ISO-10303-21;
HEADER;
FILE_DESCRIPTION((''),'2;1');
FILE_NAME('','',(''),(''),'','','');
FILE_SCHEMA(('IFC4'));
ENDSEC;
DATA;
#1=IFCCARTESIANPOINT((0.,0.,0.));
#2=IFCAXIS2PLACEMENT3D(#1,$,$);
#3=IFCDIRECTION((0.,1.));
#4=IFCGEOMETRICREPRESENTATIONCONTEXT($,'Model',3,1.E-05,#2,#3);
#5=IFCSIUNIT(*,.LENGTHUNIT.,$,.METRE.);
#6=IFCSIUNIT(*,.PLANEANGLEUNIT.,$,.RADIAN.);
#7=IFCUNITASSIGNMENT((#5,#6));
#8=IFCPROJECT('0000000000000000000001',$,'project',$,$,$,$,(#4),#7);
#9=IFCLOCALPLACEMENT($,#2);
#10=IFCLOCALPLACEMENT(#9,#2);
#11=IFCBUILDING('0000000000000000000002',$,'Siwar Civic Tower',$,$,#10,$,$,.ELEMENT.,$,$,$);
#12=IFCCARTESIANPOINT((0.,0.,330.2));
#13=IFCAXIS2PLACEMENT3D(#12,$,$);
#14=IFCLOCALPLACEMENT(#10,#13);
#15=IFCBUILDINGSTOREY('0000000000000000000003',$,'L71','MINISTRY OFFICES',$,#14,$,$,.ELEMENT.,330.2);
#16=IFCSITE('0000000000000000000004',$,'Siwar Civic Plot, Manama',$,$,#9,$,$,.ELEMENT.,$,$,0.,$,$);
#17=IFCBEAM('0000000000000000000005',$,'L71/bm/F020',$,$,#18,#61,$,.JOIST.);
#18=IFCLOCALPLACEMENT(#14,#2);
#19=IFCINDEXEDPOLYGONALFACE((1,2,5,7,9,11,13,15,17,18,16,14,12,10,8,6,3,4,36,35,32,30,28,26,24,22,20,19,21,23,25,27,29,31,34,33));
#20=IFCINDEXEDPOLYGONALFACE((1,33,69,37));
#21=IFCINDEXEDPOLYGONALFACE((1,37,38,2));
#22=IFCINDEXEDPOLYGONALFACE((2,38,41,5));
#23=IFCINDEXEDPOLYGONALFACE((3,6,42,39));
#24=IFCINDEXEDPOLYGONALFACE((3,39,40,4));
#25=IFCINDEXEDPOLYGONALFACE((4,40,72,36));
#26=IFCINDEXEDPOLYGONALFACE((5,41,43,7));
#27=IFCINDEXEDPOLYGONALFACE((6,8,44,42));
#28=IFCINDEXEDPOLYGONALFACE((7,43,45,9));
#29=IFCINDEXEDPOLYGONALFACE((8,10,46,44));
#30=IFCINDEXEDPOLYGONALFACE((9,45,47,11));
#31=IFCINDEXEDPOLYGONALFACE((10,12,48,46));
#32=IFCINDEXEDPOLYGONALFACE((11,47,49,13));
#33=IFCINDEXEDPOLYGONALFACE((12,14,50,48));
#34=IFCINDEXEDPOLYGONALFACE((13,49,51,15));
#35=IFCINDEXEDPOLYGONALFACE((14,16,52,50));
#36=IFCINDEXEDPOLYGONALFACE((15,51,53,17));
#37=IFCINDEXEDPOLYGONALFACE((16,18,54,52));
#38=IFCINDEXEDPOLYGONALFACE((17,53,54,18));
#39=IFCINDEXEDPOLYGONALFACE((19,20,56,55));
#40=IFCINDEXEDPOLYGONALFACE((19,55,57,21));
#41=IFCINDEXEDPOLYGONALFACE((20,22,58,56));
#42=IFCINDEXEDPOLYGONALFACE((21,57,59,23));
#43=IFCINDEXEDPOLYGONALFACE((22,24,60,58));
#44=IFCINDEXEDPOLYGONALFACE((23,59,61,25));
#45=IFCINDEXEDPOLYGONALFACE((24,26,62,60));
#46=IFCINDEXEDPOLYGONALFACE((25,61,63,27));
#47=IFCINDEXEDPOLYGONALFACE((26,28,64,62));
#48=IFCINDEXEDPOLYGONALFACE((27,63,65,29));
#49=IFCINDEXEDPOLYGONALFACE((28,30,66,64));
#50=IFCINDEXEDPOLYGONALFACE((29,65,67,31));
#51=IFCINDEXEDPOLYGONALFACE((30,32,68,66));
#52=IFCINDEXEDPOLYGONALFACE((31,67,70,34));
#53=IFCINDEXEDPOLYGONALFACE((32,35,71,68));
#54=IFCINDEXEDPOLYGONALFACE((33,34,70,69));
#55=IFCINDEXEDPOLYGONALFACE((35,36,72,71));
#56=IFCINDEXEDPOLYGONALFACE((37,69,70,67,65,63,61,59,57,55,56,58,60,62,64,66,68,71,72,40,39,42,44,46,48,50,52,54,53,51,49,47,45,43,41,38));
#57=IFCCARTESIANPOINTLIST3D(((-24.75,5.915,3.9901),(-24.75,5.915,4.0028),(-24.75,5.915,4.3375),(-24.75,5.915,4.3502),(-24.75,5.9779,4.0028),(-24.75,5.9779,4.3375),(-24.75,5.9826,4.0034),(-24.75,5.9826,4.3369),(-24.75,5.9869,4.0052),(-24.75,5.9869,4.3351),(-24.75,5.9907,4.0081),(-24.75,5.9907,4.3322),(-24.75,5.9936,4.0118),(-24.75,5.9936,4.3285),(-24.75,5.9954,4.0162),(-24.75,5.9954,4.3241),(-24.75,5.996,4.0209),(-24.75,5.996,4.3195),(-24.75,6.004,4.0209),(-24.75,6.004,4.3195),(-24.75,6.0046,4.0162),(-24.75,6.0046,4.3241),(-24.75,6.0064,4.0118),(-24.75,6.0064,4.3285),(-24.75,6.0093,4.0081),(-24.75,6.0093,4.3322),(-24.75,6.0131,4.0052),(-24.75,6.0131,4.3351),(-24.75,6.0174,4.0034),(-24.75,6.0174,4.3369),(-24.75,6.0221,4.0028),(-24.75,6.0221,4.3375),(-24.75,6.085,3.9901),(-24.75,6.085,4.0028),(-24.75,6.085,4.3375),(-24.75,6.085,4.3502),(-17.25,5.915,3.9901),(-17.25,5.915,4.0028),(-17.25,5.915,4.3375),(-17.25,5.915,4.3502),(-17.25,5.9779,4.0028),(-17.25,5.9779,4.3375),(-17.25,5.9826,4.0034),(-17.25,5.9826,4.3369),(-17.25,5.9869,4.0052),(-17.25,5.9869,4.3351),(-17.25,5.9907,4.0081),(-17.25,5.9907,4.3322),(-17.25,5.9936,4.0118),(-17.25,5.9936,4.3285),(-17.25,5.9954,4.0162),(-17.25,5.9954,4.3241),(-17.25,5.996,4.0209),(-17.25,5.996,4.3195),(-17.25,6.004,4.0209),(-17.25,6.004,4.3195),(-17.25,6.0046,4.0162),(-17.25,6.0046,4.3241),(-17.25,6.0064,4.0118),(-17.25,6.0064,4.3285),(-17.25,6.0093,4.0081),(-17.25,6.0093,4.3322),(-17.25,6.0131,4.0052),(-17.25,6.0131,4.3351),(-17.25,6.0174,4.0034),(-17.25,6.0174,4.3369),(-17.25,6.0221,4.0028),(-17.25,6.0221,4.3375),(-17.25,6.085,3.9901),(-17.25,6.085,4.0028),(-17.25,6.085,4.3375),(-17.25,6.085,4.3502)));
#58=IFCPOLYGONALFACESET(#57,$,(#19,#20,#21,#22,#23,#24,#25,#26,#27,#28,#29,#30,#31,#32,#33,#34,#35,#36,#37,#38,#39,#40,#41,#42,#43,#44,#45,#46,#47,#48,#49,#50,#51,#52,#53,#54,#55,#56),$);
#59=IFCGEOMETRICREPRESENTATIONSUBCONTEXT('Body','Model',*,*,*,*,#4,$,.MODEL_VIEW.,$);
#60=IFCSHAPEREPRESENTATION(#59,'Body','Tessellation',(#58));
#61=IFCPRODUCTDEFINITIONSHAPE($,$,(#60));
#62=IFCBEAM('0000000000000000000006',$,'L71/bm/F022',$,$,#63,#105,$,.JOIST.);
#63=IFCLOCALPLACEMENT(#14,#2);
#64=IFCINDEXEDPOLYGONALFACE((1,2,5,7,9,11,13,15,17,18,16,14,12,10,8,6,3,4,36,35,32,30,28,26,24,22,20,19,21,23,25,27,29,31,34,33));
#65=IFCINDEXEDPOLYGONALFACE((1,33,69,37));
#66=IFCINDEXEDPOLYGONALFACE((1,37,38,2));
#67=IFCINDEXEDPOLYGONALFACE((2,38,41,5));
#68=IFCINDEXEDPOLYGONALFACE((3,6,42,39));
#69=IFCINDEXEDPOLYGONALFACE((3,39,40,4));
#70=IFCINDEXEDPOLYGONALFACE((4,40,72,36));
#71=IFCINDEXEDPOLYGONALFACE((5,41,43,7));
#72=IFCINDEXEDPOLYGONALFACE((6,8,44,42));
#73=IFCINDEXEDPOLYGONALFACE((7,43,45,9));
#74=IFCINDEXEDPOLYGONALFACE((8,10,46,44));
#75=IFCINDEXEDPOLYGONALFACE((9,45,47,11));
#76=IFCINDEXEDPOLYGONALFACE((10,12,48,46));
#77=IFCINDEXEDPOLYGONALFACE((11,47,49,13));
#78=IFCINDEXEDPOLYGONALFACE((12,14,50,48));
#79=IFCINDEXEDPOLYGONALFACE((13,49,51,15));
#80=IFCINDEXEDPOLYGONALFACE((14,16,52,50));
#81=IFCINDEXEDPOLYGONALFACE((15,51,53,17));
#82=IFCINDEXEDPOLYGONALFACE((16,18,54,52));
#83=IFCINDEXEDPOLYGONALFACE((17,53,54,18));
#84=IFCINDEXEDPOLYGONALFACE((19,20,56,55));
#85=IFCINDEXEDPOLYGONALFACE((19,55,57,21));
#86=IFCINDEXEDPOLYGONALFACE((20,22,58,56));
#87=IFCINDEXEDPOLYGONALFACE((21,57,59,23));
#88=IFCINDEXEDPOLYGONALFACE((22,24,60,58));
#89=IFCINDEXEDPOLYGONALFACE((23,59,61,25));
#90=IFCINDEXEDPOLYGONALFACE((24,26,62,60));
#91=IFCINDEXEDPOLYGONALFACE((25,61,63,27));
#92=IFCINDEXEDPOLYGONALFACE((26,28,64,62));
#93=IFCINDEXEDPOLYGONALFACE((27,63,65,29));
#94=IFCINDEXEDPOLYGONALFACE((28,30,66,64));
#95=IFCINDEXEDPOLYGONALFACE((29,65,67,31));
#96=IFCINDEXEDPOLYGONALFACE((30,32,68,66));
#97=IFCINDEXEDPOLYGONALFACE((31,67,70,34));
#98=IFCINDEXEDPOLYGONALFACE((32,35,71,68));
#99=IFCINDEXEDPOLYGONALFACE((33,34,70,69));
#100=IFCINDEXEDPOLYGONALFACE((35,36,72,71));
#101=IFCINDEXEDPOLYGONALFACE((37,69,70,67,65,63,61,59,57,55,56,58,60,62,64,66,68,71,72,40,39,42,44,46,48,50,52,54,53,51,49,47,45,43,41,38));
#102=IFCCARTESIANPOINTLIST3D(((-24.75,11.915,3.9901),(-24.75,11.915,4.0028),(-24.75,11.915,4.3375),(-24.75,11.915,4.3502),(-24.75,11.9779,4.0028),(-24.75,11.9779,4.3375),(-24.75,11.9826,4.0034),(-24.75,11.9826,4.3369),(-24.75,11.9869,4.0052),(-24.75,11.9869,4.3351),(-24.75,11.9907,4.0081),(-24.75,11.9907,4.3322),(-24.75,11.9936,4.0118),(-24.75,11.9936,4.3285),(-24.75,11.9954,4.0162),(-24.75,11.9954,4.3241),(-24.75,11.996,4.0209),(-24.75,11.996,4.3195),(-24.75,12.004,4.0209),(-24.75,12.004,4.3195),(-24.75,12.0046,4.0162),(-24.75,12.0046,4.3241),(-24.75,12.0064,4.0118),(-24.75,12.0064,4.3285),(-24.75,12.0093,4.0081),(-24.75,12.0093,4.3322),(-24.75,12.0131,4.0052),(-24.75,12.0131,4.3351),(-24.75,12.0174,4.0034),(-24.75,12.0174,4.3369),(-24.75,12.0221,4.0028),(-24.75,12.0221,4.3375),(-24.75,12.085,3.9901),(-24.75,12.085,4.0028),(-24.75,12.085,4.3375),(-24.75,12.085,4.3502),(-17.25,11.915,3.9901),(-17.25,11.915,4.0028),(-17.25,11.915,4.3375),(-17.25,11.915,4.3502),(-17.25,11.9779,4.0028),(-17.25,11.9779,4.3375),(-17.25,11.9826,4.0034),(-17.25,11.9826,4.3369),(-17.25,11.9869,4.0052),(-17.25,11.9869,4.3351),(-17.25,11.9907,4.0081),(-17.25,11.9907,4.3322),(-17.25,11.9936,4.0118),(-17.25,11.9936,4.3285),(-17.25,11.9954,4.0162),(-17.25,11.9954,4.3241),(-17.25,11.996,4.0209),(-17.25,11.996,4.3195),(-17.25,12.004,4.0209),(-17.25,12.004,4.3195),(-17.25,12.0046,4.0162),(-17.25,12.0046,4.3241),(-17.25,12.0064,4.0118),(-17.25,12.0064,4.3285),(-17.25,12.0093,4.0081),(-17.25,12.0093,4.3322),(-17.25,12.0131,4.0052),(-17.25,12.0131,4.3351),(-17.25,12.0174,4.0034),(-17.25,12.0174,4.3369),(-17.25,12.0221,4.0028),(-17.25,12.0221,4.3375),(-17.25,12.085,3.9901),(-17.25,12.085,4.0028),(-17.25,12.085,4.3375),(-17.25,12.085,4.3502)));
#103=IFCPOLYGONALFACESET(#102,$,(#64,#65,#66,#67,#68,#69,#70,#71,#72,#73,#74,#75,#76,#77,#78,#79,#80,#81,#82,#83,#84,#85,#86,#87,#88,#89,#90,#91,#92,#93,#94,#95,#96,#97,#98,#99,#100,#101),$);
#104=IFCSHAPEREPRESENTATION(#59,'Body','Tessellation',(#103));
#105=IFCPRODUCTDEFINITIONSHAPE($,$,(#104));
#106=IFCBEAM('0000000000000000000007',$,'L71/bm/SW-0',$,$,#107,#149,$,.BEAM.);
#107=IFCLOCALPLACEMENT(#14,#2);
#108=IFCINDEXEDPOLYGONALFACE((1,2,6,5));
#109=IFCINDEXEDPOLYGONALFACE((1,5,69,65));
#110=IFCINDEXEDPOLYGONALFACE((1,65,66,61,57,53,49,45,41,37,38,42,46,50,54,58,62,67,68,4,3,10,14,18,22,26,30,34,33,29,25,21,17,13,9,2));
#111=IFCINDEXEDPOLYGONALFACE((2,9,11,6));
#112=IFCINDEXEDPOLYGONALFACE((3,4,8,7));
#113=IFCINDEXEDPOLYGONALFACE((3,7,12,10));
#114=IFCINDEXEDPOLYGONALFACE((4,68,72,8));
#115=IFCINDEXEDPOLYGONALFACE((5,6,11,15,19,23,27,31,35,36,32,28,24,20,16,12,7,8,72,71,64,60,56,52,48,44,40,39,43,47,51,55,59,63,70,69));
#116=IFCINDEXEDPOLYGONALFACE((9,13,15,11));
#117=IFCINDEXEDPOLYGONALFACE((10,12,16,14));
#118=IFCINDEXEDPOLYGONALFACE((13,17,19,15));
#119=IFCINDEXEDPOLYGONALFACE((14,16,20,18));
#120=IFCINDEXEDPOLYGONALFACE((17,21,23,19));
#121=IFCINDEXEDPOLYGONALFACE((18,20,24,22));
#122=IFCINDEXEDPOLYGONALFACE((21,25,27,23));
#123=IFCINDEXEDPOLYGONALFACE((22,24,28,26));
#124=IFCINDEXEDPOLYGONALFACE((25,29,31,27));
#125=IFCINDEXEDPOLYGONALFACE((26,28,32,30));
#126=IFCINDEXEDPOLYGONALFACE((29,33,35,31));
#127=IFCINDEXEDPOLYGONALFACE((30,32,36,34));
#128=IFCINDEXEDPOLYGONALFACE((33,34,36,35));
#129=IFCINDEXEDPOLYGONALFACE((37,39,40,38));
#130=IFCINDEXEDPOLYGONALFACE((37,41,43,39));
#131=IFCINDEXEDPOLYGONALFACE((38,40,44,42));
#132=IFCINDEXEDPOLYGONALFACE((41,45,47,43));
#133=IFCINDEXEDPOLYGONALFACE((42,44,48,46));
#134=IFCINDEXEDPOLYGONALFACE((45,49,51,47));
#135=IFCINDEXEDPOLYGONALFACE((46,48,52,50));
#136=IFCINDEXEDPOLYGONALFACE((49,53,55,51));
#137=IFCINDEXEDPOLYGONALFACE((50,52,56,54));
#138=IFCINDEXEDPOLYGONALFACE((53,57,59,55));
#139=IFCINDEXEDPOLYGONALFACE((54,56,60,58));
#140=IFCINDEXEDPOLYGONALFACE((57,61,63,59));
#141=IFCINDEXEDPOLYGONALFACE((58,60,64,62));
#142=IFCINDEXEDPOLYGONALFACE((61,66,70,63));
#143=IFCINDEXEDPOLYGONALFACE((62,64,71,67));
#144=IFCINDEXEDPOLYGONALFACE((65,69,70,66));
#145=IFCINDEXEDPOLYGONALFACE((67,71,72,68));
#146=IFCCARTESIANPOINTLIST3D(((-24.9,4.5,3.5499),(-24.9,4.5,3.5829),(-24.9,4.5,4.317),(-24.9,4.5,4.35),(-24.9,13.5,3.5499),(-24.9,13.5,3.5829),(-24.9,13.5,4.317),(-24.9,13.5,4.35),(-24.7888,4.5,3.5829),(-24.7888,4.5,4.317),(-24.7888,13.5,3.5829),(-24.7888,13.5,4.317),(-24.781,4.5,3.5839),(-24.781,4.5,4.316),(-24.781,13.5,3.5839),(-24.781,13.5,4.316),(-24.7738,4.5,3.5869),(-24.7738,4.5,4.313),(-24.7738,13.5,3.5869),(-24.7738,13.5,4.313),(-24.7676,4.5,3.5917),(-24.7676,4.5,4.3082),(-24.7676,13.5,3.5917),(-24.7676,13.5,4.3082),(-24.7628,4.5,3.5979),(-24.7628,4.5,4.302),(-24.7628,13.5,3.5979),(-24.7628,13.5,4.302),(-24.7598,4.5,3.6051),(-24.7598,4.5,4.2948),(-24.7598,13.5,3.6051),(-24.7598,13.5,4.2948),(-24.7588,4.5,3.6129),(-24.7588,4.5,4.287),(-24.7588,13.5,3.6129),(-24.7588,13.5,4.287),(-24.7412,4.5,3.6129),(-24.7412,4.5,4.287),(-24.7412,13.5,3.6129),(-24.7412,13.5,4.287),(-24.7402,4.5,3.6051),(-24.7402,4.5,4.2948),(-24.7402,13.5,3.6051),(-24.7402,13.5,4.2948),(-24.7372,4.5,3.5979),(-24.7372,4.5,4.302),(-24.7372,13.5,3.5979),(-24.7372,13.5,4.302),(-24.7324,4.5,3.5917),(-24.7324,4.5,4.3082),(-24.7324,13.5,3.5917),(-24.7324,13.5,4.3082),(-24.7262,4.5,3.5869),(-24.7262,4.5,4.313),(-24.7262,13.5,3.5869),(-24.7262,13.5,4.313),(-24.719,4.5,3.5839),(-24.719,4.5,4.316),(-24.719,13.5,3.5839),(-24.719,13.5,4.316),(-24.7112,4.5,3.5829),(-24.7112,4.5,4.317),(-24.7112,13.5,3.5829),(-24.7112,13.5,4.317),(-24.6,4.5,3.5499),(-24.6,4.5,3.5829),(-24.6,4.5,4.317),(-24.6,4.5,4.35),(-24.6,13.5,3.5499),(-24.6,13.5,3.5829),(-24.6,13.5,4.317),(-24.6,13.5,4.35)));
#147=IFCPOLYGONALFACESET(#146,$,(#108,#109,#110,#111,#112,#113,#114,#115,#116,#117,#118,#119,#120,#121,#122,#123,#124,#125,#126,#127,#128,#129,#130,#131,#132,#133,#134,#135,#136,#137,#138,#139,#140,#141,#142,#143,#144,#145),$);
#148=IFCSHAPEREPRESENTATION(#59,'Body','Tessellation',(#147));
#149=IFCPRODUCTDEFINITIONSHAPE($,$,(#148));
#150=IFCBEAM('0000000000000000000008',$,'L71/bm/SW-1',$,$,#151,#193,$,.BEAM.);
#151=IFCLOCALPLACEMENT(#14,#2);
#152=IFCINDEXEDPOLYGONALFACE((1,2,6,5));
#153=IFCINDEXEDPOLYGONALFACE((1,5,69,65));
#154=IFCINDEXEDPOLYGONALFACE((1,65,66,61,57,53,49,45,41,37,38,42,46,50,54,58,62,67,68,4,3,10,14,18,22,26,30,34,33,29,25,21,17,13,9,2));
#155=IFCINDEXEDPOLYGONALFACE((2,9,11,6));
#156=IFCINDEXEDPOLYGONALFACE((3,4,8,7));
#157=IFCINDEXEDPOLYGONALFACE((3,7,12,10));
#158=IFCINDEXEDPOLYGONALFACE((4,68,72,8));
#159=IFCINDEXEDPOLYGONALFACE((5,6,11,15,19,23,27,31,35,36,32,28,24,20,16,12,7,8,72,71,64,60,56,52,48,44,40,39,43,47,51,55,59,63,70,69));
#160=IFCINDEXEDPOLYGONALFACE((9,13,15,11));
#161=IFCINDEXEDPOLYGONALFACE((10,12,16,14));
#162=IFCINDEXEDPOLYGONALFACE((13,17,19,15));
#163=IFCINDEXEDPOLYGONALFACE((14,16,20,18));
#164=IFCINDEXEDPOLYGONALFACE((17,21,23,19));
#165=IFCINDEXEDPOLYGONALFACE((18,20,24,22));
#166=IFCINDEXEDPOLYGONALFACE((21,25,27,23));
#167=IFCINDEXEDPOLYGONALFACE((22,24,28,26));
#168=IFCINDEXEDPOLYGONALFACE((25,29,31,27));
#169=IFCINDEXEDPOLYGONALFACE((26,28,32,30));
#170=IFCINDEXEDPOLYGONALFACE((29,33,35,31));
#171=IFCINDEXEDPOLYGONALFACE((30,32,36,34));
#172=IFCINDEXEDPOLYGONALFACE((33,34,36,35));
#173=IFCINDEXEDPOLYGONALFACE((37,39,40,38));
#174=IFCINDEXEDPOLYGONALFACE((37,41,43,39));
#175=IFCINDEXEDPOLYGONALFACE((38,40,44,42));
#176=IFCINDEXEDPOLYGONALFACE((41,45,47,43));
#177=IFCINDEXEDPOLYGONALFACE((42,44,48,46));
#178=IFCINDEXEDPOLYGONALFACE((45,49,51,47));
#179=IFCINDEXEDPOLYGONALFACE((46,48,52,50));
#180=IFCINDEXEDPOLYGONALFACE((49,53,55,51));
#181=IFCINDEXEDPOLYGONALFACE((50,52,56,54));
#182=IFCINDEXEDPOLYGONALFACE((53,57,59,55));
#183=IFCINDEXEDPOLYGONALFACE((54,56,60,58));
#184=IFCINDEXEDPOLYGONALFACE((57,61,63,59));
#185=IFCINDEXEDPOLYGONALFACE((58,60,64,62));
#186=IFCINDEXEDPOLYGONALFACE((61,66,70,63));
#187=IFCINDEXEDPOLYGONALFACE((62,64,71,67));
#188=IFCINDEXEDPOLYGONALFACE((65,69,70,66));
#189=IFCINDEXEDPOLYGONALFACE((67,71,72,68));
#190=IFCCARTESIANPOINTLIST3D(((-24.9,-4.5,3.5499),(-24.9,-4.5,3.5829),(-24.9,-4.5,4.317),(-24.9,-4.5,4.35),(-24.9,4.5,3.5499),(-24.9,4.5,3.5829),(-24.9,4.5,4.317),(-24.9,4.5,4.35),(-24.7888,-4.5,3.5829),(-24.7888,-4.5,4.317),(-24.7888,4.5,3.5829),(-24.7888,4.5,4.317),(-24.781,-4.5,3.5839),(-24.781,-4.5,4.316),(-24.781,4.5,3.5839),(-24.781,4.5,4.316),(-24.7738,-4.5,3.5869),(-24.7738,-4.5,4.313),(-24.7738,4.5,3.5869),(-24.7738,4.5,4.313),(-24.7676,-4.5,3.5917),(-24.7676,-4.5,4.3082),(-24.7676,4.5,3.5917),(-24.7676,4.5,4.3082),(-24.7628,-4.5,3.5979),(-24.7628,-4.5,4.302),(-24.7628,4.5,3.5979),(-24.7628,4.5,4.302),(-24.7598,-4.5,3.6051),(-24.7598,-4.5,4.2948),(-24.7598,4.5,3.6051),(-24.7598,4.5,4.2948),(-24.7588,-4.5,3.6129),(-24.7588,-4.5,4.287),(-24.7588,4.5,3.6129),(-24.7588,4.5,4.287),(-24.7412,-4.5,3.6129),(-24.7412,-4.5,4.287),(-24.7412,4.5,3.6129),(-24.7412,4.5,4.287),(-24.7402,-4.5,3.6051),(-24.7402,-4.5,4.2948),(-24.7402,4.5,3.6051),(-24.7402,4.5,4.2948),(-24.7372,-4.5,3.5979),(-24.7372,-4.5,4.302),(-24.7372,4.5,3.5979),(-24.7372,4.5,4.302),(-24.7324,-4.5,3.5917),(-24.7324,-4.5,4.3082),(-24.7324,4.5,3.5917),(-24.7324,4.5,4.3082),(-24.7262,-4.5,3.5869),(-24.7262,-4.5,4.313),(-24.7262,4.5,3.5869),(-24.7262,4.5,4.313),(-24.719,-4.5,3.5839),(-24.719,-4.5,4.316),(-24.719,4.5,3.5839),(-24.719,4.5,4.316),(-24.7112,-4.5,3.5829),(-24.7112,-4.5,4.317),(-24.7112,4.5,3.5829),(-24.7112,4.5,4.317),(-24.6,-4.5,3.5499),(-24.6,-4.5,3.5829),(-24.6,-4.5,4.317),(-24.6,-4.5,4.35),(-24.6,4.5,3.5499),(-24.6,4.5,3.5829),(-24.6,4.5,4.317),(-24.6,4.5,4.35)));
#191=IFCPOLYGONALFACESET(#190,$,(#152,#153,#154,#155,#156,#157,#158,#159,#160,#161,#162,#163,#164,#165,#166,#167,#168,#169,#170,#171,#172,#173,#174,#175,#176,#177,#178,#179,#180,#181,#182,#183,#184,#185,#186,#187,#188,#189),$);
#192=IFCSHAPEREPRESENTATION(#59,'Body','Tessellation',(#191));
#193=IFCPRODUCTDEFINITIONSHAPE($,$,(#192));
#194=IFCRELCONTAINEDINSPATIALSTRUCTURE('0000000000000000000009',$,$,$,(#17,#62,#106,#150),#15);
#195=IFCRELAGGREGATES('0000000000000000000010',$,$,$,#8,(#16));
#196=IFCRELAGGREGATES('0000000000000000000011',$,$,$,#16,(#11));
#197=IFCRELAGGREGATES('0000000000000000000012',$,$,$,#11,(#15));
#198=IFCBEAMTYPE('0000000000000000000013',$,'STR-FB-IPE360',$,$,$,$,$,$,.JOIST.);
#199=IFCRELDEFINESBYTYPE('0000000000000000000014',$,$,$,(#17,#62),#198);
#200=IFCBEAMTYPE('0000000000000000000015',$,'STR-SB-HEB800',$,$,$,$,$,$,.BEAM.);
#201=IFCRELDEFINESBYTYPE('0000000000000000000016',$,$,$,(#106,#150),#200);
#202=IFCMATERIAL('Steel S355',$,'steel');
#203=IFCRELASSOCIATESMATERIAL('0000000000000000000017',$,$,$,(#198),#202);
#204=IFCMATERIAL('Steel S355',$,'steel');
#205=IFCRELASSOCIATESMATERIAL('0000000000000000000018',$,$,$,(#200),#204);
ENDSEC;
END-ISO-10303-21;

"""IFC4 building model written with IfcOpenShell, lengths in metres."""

from ifc_helpers import new_model, si_unit, direction, frame, origin, origin_2d, place, context, subcontext, project, spatial, i_section, extrude, material, material_profile, profile_set, type_object, element, save


model = new_model("IFC4")

# Units and contexts
model_context = context("Model", 3, precision=1e-05, world=origin(), true_north=direction((0.0, 1.0)))
body_context = subcontext(model_context, "Body", "Model", "MODEL_VIEW")
ifc_project = project(units=[si_unit("LENGTHUNIT", "METRE"), si_unit("PLANEANGLEUNIT", "RADIAN")], contexts=[model_context])

# Site, building, storey
site_placement = place(None, origin())
site = spatial("IfcSite", under=ifc_project, at=site_placement, Name="Siwar Civic Plot, Manama", CompositionType="ELEMENT", RefElevation=0.0)
building_placement = place(site_placement, origin())
building = spatial("IfcBuilding", under=site, at=building_placement, Name="Siwar Civic Tower", CompositionType="ELEMENT")
storey_placement = place(building_placement, frame((0.0, 0.0, 330.2)))
storey = spatial("IfcBuildingStorey", under=building, at=storey_placement, Name="L71", Description="MINISTRY OFFICES", CompositionType="ELEMENT", Elevation=330.2)

# Beams
ifc_material_1 = material(Name="Steel S355", Category="steel")
ifc_material_profile_1 = material_profile(ifc_material_1, i_section(OverallWidth=0.1699, OverallDepth=0.3601, WebThickness=0.0081, FlangeThickness=0.0127, FilletRadius=0.0181, at=origin_2d()), Name="IPE360")
ifc_profile_set_1 = profile_set([ifc_material_profile_1], Name="Steel S355")
beam_type_1 = type_object("IfcBeamType", Name="STR-FB-IPE360", PredefinedType="JOIST", material=ifc_profile_set_1)
for number, where, z_axis, x_axis, name in (
    (1, (-24.75, 6.0, 4.1702), (1.0, 0.0, 0.0), (0.0, 1.0, 0.0), "L71/bm/F020"),
    (2, (-24.75, 12.0, 4.1702), (1.0, 0.0, 0.0), (0.0, 1.0, 0.0), "L71/bm/F022"),
):
    element("IfcBeam", number, at=place(storey_placement, frame(where, z_axis=z_axis, x_axis=x_axis)), inside=storey, type_object=beam_type_1, Name=name, PredefinedType="JOIST", context=body_context, shape_type="SweptSolid", body=[
        extrude(i_section(OverallWidth=0.1699, OverallDepth=0.3601, WebThickness=0.0081, FlangeThickness=0.0127, FilletRadius=0.0181, at=origin_2d()), origin(), (0.0, 0.0, 1.0), 7.5),
    ])
ifc_material_2 = material(Name="Steel S355", Category="steel")
ifc_material_profile_2 = material_profile(ifc_material_2, i_section(OverallWidth=0.3, OverallDepth=0.8, WebThickness=0.0176, FlangeThickness=0.033, FilletRadius=0.03, at=origin_2d()), Name="HEB800")
ifc_profile_set_2 = profile_set([ifc_material_profile_2], Name="Steel S355")
beam_type_2 = type_object("IfcBeamType", Name="STR-SB-HEB800", PredefinedType="BEAM", material=ifc_profile_set_2)
for number, where, z_axis, x_axis, name in (
    (3, (-24.75, 13.5, 3.95), (0.0, -1.0, 0.0), (1.0, 0.0, 0.0), "L71/bm/SW-0"),
    (4, (-24.75, 4.5, 3.95), (0.0, -1.0, 0.0), (1.0, 0.0, 0.0), "L71/bm/SW-1"),
):
    element("IfcBeam", number, at=place(storey_placement, frame(where, z_axis=z_axis, x_axis=x_axis)), inside=storey, type_object=beam_type_2, Name=name, PredefinedType="BEAM", context=body_context, shape_type="SweptSolid", body=[
        extrude(i_section(OverallWidth=0.3, OverallDepth=0.8, WebThickness=0.0176, FlangeThickness=0.033, FilletRadius=0.03, at=origin_2d()), origin(), (0.0, 0.0, 1.0), 9.0),
    ])

save(model, "model.ifc")
